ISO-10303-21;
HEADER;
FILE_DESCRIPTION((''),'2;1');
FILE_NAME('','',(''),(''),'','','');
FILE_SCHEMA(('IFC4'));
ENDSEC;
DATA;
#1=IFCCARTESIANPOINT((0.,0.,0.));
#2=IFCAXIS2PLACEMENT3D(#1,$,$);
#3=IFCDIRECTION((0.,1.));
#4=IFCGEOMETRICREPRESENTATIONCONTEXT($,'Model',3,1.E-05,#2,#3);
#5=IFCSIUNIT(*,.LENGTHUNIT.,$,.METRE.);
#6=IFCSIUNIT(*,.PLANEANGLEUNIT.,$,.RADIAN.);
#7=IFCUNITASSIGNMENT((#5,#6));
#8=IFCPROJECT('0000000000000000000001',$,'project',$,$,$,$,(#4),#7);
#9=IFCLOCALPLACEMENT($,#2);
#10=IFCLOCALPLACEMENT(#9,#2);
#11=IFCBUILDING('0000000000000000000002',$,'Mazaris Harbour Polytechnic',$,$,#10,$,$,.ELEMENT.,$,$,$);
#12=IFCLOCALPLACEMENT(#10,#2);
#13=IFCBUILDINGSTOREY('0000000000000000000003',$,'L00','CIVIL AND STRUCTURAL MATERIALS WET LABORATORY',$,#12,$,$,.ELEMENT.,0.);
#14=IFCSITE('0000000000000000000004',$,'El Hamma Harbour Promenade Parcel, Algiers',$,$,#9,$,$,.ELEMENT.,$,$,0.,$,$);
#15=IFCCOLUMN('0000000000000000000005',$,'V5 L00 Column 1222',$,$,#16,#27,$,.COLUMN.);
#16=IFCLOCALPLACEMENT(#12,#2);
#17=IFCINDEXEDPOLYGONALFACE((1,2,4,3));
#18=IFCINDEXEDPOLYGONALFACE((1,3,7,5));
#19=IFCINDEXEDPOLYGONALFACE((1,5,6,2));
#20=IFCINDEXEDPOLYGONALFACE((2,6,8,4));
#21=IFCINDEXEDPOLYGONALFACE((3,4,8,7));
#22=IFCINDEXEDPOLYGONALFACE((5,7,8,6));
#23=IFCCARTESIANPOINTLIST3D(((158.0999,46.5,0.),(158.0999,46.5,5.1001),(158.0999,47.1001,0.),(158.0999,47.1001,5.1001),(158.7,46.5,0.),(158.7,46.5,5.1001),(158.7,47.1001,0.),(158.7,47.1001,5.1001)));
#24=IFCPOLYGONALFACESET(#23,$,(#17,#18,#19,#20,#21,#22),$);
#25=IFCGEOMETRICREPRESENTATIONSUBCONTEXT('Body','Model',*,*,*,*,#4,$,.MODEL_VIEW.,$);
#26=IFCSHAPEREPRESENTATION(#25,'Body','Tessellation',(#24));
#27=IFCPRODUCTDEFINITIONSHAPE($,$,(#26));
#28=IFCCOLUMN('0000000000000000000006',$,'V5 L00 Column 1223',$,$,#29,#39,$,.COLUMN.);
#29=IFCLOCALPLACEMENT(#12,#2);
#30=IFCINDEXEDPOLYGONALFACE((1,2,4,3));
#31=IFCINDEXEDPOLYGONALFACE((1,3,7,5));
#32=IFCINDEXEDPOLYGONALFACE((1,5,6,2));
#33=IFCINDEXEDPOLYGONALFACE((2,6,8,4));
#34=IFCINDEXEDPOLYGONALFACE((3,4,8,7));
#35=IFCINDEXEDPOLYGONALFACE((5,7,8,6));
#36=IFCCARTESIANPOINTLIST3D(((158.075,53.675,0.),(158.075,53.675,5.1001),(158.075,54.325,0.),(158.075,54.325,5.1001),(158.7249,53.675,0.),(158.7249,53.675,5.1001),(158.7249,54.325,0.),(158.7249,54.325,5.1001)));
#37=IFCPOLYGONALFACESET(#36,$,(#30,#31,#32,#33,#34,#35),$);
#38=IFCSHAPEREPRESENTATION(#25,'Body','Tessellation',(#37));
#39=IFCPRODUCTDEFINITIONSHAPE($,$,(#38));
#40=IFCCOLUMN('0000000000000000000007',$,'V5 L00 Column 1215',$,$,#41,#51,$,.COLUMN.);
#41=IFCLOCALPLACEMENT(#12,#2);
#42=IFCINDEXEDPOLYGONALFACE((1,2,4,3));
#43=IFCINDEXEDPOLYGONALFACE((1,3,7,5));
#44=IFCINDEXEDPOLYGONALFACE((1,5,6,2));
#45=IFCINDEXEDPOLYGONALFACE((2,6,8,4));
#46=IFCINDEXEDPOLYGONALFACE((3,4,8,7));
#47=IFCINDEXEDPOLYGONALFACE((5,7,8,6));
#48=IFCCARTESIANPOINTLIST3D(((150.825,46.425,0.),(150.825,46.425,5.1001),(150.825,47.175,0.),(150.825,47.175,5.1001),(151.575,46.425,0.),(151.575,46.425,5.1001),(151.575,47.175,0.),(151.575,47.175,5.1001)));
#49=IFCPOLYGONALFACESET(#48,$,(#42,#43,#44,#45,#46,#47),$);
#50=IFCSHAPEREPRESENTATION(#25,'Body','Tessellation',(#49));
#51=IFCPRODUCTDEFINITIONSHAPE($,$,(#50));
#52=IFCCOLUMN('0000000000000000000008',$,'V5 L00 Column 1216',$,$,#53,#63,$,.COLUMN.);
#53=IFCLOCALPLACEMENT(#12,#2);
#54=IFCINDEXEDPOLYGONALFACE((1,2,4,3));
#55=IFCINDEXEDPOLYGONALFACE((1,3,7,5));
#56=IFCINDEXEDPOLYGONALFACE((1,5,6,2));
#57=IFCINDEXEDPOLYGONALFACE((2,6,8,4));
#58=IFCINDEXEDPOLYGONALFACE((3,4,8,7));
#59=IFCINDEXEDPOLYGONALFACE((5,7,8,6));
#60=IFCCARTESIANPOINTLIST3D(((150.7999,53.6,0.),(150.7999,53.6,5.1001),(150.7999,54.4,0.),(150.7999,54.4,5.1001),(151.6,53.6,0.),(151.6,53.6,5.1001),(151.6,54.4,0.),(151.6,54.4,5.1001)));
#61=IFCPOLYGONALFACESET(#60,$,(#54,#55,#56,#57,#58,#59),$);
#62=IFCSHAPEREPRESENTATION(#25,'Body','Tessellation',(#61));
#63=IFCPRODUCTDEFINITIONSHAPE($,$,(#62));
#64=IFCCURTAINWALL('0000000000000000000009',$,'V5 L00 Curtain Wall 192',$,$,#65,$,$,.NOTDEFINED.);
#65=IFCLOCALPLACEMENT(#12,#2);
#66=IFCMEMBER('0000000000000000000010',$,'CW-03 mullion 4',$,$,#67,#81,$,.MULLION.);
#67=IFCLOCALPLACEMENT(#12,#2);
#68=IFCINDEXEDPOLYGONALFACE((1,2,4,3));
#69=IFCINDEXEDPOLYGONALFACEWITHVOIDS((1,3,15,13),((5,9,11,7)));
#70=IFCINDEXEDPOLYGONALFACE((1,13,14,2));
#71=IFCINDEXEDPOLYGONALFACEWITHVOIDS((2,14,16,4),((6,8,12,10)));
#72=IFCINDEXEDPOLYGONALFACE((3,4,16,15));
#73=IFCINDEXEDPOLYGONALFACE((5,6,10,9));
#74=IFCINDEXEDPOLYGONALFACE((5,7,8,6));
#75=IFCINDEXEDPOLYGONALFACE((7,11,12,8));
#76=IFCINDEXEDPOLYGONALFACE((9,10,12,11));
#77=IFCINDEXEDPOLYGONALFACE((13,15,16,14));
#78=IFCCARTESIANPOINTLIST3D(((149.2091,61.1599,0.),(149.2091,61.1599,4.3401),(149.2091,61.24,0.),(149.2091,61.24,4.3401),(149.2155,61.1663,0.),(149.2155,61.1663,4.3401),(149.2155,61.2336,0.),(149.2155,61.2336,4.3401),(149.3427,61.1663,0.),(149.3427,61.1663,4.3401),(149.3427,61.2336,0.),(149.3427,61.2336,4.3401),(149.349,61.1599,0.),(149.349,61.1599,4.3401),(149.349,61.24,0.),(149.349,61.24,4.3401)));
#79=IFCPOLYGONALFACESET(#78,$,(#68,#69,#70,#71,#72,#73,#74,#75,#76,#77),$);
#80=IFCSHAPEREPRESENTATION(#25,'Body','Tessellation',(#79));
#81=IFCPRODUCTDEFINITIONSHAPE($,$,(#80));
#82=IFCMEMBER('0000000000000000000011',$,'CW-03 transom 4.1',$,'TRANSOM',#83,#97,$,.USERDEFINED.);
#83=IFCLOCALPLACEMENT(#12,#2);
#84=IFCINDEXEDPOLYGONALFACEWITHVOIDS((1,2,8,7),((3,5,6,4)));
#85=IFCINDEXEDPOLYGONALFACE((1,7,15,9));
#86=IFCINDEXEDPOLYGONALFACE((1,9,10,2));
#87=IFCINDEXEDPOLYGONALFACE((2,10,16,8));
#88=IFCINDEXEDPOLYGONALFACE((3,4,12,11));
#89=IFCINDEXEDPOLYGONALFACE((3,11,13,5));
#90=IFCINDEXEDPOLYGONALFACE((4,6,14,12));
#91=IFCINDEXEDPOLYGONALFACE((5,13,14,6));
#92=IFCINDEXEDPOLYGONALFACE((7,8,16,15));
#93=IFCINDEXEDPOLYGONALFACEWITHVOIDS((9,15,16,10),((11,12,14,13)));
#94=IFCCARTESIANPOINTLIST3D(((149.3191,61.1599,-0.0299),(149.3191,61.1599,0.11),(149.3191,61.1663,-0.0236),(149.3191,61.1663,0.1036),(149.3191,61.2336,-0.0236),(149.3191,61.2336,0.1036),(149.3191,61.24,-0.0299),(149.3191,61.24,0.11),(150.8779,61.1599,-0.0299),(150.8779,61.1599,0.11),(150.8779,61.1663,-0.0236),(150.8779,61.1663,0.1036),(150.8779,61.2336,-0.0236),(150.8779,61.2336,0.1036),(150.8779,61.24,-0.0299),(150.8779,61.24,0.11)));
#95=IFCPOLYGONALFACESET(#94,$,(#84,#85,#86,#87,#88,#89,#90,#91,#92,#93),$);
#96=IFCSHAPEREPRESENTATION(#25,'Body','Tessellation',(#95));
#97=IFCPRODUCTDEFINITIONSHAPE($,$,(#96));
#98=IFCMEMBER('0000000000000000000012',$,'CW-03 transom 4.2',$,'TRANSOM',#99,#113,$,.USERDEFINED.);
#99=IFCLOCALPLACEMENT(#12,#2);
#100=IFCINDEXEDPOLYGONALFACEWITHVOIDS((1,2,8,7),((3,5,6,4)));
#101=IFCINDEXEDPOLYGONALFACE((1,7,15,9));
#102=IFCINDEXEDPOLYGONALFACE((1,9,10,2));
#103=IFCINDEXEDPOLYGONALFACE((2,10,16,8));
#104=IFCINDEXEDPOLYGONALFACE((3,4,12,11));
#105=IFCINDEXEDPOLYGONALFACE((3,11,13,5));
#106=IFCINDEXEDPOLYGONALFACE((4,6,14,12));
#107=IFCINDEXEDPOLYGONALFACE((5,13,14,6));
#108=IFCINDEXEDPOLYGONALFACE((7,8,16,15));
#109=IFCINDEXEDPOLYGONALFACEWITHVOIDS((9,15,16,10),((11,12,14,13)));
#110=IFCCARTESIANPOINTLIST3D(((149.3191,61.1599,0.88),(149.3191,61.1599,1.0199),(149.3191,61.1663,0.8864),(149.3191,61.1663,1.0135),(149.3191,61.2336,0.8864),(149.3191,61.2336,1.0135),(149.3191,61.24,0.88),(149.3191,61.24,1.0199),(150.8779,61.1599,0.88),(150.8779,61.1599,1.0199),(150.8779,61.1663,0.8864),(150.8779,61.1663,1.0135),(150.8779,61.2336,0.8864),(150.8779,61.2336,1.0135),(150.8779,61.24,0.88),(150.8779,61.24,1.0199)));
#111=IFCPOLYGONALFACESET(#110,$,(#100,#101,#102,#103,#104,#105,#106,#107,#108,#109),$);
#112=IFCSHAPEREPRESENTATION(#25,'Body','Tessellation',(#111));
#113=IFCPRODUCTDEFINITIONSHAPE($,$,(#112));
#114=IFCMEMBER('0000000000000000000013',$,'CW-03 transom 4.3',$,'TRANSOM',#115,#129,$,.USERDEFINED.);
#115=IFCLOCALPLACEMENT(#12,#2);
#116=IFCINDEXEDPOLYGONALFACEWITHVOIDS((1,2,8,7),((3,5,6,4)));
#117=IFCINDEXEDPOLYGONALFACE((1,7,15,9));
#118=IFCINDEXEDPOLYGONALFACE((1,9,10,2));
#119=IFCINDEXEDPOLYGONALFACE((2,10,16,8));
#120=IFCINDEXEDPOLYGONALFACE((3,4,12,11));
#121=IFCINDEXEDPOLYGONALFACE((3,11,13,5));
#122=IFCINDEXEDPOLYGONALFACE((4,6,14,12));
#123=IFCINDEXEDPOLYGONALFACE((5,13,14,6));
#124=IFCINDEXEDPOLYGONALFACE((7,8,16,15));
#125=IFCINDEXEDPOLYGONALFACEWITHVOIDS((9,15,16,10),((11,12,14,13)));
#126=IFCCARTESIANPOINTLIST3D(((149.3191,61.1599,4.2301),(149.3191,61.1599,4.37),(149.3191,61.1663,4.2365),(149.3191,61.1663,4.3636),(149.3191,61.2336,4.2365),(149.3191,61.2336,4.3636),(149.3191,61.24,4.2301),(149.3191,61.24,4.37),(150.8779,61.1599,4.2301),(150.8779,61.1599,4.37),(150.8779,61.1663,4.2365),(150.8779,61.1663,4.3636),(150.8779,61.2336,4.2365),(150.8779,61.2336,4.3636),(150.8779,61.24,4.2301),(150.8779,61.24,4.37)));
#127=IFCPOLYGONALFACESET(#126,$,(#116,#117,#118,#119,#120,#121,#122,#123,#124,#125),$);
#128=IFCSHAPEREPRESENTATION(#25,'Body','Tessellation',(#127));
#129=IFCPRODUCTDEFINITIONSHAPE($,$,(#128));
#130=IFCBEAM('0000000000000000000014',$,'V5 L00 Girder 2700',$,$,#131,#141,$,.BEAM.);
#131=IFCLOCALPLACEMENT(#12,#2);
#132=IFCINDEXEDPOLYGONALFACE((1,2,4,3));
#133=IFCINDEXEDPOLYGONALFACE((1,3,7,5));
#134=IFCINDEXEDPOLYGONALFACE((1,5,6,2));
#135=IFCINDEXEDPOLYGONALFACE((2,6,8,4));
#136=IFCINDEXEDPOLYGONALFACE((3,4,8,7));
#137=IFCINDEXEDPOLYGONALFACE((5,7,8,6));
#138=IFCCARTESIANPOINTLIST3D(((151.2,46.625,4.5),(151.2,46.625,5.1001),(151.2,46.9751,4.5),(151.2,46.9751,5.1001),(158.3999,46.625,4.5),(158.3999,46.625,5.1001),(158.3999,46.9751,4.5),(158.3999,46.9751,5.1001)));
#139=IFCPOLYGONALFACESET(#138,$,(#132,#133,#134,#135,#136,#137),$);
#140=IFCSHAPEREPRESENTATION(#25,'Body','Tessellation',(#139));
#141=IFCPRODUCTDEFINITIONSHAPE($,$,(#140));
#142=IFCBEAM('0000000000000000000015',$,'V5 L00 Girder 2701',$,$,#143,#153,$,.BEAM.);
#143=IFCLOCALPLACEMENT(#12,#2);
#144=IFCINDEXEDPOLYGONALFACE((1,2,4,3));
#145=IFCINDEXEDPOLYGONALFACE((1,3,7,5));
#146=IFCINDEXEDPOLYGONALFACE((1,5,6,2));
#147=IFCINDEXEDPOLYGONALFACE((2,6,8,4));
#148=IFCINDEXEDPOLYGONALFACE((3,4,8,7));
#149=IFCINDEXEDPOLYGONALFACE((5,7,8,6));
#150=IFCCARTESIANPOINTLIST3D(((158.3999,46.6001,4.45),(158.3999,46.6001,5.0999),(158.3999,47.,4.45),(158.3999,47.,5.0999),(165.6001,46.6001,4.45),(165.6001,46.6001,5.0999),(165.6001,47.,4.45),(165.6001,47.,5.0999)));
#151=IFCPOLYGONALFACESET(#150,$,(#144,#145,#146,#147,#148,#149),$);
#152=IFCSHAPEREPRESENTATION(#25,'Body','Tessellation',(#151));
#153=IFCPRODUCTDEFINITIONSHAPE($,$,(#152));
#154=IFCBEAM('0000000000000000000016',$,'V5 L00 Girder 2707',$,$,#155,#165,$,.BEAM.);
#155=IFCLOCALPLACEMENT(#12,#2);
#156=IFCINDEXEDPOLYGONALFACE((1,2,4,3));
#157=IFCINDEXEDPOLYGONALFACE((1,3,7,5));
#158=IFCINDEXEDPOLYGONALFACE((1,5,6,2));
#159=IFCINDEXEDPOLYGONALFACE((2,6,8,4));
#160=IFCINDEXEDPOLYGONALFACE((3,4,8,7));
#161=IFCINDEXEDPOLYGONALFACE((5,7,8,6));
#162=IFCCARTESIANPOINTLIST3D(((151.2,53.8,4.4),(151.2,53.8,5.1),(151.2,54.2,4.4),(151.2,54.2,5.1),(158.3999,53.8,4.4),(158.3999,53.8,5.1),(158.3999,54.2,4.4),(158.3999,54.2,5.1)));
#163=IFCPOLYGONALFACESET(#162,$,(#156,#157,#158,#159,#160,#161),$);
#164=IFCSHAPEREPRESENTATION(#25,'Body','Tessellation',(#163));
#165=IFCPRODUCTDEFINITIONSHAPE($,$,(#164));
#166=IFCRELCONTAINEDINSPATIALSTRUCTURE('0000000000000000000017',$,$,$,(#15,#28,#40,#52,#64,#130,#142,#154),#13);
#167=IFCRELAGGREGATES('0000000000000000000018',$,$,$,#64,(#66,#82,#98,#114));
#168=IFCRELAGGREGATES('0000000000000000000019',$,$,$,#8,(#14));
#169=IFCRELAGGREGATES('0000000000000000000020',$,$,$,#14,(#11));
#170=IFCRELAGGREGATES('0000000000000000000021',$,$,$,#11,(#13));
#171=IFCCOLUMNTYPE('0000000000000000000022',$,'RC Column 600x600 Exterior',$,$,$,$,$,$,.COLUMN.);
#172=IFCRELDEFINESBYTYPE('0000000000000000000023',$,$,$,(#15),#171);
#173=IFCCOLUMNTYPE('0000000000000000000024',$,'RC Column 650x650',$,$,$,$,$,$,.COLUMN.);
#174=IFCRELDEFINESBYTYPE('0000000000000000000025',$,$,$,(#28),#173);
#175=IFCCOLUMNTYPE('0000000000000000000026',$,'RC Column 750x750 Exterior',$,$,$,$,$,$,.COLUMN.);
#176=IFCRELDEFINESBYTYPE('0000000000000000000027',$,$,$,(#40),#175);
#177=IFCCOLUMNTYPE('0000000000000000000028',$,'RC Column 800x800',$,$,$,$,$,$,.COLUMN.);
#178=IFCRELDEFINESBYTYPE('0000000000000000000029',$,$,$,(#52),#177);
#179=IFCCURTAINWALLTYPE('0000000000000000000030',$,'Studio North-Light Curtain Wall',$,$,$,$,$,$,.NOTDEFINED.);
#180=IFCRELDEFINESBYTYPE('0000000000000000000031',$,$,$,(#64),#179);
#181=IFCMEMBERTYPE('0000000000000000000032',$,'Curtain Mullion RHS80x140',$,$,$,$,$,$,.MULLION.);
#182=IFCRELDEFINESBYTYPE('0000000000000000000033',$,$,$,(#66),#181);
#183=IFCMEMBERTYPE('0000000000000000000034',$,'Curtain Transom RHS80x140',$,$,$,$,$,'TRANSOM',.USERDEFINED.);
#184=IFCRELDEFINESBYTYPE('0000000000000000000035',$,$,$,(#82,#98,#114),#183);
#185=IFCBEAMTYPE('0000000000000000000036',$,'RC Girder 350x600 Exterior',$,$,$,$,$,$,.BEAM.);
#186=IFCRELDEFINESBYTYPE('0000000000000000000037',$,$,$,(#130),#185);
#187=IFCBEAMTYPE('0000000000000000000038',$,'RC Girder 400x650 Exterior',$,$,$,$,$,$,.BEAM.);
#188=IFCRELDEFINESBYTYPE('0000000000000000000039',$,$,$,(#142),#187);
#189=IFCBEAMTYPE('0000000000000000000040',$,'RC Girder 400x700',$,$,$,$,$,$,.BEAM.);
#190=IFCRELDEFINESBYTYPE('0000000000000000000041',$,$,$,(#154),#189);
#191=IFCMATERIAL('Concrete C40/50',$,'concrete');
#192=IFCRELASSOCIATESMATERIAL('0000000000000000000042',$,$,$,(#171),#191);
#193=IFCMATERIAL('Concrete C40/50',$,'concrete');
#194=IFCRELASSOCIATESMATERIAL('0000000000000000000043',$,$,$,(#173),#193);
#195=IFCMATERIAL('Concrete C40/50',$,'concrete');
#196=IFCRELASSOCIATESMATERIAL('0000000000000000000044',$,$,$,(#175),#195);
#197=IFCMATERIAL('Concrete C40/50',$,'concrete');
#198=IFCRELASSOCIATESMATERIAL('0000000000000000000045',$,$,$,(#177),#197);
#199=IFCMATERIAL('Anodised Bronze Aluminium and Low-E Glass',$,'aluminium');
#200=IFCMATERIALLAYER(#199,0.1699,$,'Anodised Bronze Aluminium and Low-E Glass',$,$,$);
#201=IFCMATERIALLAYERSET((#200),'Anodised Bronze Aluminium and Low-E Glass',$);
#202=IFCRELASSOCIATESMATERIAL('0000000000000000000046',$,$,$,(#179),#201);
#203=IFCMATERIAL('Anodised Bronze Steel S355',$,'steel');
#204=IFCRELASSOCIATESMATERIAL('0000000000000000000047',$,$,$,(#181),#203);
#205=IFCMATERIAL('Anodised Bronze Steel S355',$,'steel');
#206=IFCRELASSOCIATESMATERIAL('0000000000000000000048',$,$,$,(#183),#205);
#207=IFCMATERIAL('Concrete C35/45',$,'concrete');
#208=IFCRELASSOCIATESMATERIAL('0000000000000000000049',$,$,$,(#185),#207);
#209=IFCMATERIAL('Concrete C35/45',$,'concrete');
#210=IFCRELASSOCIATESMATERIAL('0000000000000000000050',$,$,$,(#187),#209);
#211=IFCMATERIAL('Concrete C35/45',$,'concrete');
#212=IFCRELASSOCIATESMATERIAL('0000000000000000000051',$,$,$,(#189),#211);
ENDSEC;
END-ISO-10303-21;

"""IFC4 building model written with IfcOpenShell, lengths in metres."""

from ifc_helpers import new_model, si_unit, direction, frame, origin, origin_2d, place, context, subcontext, project, spatial, rectangle, hollow_rectangle, extrude, material, layer, layer_set, material_profile, profile_set, type_object, element, aggregate, save


model = new_model("IFC4")

# Units and contexts
model_context = context("Model", 3, precision=1e-05, world=origin(), true_north=direction((0.0, 1.0)))
body_context = subcontext(model_context, "Body", "Model", "MODEL_VIEW")
ifc_project = project(units=[si_unit("LENGTHUNIT", "METRE"), si_unit("PLANEANGLEUNIT", "RADIAN")], contexts=[model_context])

# Site, building, storey
site_placement = place(None, origin())
site = spatial("IfcSite", under=ifc_project, at=site_placement, Name="El Hamma Harbour Promenade Parcel, Algiers", CompositionType="ELEMENT", RefElevation=0.0)
building_placement = place(site_placement, origin())
building = spatial("IfcBuilding", under=site, at=building_placement, Name="Mazaris Harbour Polytechnic", CompositionType="ELEMENT")
storey_placement = place(building_placement, origin())
storey = spatial("IfcBuildingStorey", under=building, at=storey_placement, Name="L00", Description="CIVIL AND STRUCTURAL MATERIALS WET LABORATORY", CompositionType="ELEMENT", Elevation=0.0)

# Columns
ifc_material_1 = material(Name="Concrete C40/50", Category="concrete")
ifc_material_profile_1 = material_profile(ifc_material_1, rectangle(XDim=0.6001, YDim=0.6001, at=origin_2d()), Name="RECT600x600")
ifc_profile_set_1 = profile_set([ifc_material_profile_1], Name="Concrete C40/50")
column_type_1 = type_object("IfcColumnType", Name="RC Column 600x600 Exterior", PredefinedType="COLUMN", material=ifc_profile_set_1)
column_1_placement = place(storey_placement, frame((158.3999, 46.8, 0.0), z_axis=(0.0, 0.0, 1.0), x_axis=(1.0, 0.0, 0.0)))
element("IfcColumn", 1, at=column_1_placement, inside=storey, type_object=column_type_1, Name="V5 L00 Column 1222", PredefinedType="COLUMN", context=body_context, shape_type="SweptSolid", body=[
    extrude(rectangle(XDim=0.6001, YDim=0.6001, at=origin_2d()), origin(), (0.0, 0.0, 1.0), 5.1001),
])
ifc_material_2 = material(Name="Concrete C40/50", Category="concrete")
ifc_material_profile_2 = material_profile(ifc_material_2, rectangle(XDim=0.6499, YDim=0.6499, at=origin_2d()), Name="RECT650x650")
ifc_profile_set_2 = profile_set([ifc_material_profile_2], Name="Concrete C40/50")
column_type_2 = type_object("IfcColumnType", Name="RC Column 650x650", PredefinedType="COLUMN", material=ifc_profile_set_2)
column_2_placement = place(storey_placement, frame((158.3999, 54.0, 0.0), z_axis=(0.0, 0.0, 1.0), x_axis=(1.0, 0.0, 0.0)))
element("IfcColumn", 2, at=column_2_placement, inside=storey, type_object=column_type_2, Name="V5 L00 Column 1223", PredefinedType="COLUMN", context=body_context, shape_type="SweptSolid", body=[
    extrude(rectangle(XDim=0.6499, YDim=0.6499, at=origin_2d()), origin(), (0.0, 0.0, 1.0), 5.1001),
])
ifc_material_3 = material(Name="Concrete C40/50", Category="concrete")
ifc_material_profile_3 = material_profile(ifc_material_3, rectangle(XDim=0.75, YDim=0.75, at=origin_2d()), Name="RECT750x750")
ifc_profile_set_3 = profile_set([ifc_material_profile_3], Name="Concrete C40/50")
column_type_3 = type_object("IfcColumnType", Name="RC Column 750x750 Exterior", PredefinedType="COLUMN", material=ifc_profile_set_3)
column_3_placement = place(storey_placement, frame((151.2, 46.8, 0.0), z_axis=(0.0, 0.0, 1.0), x_axis=(1.0, 0.0, 0.0)))
element("IfcColumn", 3, at=column_3_placement, inside=storey, type_object=column_type_3, Name="V5 L00 Column 1215", PredefinedType="COLUMN", context=body_context, shape_type="SweptSolid", body=[
    extrude(rectangle(XDim=0.75, YDim=0.75, at=origin_2d()), origin(), (0.0, 0.0, 1.0), 5.1001),
])
ifc_material_4 = material(Name="Concrete C40/50", Category="concrete")
ifc_material_profile_4 = material_profile(ifc_material_4, rectangle(XDim=0.8, YDim=0.8, at=origin_2d()), Name="RECT800x800")
ifc_profile_set_4 = profile_set([ifc_material_profile_4], Name="Concrete C40/50")
column_type_4 = type_object("IfcColumnType", Name="RC Column 800x800", PredefinedType="COLUMN", material=ifc_profile_set_4)
column_4_placement = place(storey_placement, frame((151.2, 54.0, 0.0), z_axis=(0.0, 0.0, 1.0), x_axis=(1.0, 0.0, 0.0)))
element("IfcColumn", 4, at=column_4_placement, inside=storey, type_object=column_type_4, Name="V5 L00 Column 1216", PredefinedType="COLUMN", context=body_context, shape_type="SweptSolid", body=[
    extrude(rectangle(XDim=0.8, YDim=0.8, at=origin_2d()), origin(), (0.0, 0.0, 1.0), 5.1001),
])

# Curtain wall, members
ifc_material_5 = material(Name="Anodised Bronze Aluminium and Low-E Glass", Category="aluminium")
ifc_layer_1 = layer(ifc_material_5, 0.1699, Name="Anodised Bronze Aluminium and Low-E Glass")
ifc_layer_set_1 = layer_set([ifc_layer_1], Name="Anodised Bronze Aluminium and Low-E Glass")
curtain_wall_type = type_object("IfcCurtainWallType", Name="Studio North-Light Curtain Wall", PredefinedType="NOTDEFINED", material=ifc_layer_set_1)
curtain_wall_placement = place(storey_placement, origin())
curtain_wall = element("IfcCurtainWall", 5, at=curtain_wall_placement, inside=storey, type_object=curtain_wall_type, Name="V5 L00 Curtain Wall 192", PredefinedType="NOTDEFINED")
ifc_material_6 = material(Name="Anodised Bronze Steel S355", Category="steel")
ifc_material_profile_5 = material_profile(ifc_material_6, hollow_rectangle(XDim=0.0801, YDim=0.1399, WallThickness=0.0063, at=origin_2d()), Name="RHS 80x140x6.3")
ifc_profile_set_5 = profile_set([ifc_material_profile_5], Name="Anodised Bronze Steel S355")
member_type_1 = type_object("IfcMemberType", Name="Curtain Mullion RHS80x140", PredefinedType="MULLION", material=ifc_profile_set_5)
member_1_placement = place(storey_placement, frame((149.2791, 61.2, 0.0), z_axis=(0.0, 0.0, 1.0), x_axis=(0.0, 1.0, 0.0)))
member_1 = element("IfcMember", 6, at=member_1_placement, type_object=member_type_1, Name="CW-03 mullion 4", PredefinedType="MULLION", context=body_context, shape_type="SweptSolid", body=[
    extrude(hollow_rectangle(XDim=0.0801, YDim=0.1399, WallThickness=0.0063, at=origin_2d()), origin(), (0.0, 0.0, 1.0), 4.3401),
])
ifc_material_7 = material(Name="Anodised Bronze Steel S355", Category="steel")
ifc_material_profile_6 = material_profile(ifc_material_7, hollow_rectangle(XDim=0.0801, YDim=0.1399, WallThickness=0.0063, at=origin_2d()), Name="RHS 80x140x6.3")
ifc_profile_set_6 = profile_set([ifc_material_profile_6], Name="Anodised Bronze Steel S355")
member_type_2 = type_object("IfcMemberType", Name="Curtain Transom RHS80x140", ElementType="TRANSOM", PredefinedType="USERDEFINED", material=ifc_profile_set_6)
member_2_placement = place(storey_placement, frame((149.3191, 61.2, 0.04), z_axis=(1.0, 0.0, 0.0), x_axis=(0.0, 1.0, 0.0)))
member_2 = element("IfcMember", 7, at=member_2_placement, type_object=member_type_2, Name="CW-03 transom 4.1", ObjectType="TRANSOM", PredefinedType="USERDEFINED", context=body_context, shape_type="SweptSolid", body=[
    extrude(hollow_rectangle(XDim=0.0801, YDim=0.1399, WallThickness=0.0063, at=origin_2d()), origin(), (0.0, 0.0, 1.0), 1.5588),
])
member_3_placement = place(storey_placement, frame((149.3191, 61.2, 0.95), z_axis=(1.0, 0.0, 0.0), x_axis=(0.0, 1.0, 0.0)))
member_3 = element("IfcMember", 8, at=member_3_placement, type_object=member_type_2, Name="CW-03 transom 4.2", ObjectType="TRANSOM", PredefinedType="USERDEFINED", context=body_context, shape_type="SweptSolid", body=[
    extrude(hollow_rectangle(XDim=0.0801, YDim=0.1399, WallThickness=0.0063, at=origin_2d()), origin(), (0.0, 0.0, 1.0), 1.5588),
])
member_4_placement = place(storey_placement, frame((149.3191, 61.2, 4.3), z_axis=(1.0, 0.0, 0.0), x_axis=(0.0, 1.0, 0.0)))
member_4 = element("IfcMember", 9, at=member_4_placement, type_object=member_type_2, Name="CW-03 transom 4.3", ObjectType="TRANSOM", PredefinedType="USERDEFINED", context=body_context, shape_type="SweptSolid", body=[
    extrude(hollow_rectangle(XDim=0.0801, YDim=0.1399, WallThickness=0.0063, at=origin_2d()), origin(), (0.0, 0.0, 1.0), 1.5588),
])

# Beams
ifc_material_8 = material(Name="Concrete C35/45", Category="concrete")
ifc_material_profile_7 = material_profile(ifc_material_8, rectangle(XDim=0.3501, YDim=0.6001, at=origin_2d()), Name="RECT350x600")
ifc_profile_set_7 = profile_set([ifc_material_profile_7], Name="Concrete C35/45")
beam_type_1 = type_object("IfcBeamType", Name="RC Girder 350x600 Exterior", PredefinedType="BEAM", material=ifc_profile_set_7)
beam_1_placement = place(storey_placement, frame((151.2, 46.8, 4.8), z_axis=(1.0, 0.0, 0.0), x_axis=(0.0, 1.0, 0.0)))
element("IfcBeam", 10, at=beam_1_placement, inside=storey, type_object=beam_type_1, Name="V5 L00 Girder 2700", PredefinedType="BEAM", context=body_context, shape_type="SweptSolid", body=[
    extrude(rectangle(XDim=0.3501, YDim=0.6001, at=origin_2d()), origin(), (0.0, 0.0, 1.0), 7.2),
])
ifc_material_9 = material(Name="Concrete C35/45", Category="concrete")
ifc_material_profile_8 = material_profile(ifc_material_9, rectangle(XDim=0.3999, YDim=0.6499, at=origin_2d()), Name="RECT400x650")
ifc_profile_set_8 = profile_set([ifc_material_profile_8], Name="Concrete C35/45")
beam_type_2 = type_object("IfcBeamType", Name="RC Girder 400x650 Exterior", PredefinedType="BEAM", material=ifc_profile_set_8)
beam_2_placement = place(storey_placement, frame((158.3999, 46.8, 4.7749), z_axis=(1.0, 0.0, 0.0), x_axis=(0.0, 1.0, 0.0)))
element("IfcBeam", 11, at=beam_2_placement, inside=storey, type_object=beam_type_2, Name="V5 L00 Girder 2701", PredefinedType="BEAM", context=body_context, shape_type="SweptSolid", body=[
    extrude(rectangle(XDim=0.3999, YDim=0.6499, at=origin_2d()), origin(), (0.0, 0.0, 1.0), 7.2002),
])
ifc_material_10 = material(Name="Concrete C35/45", Category="concrete")
ifc_material_profile_9 = material_profile(ifc_material_10, rectangle(XDim=0.3999, YDim=0.7, at=origin_2d()), Name="RECT400x700")
ifc_profile_set_9 = profile_set([ifc_material_profile_9], Name="Concrete C35/45")
beam_type_3 = type_object("IfcBeamType", Name="RC Girder 400x700", PredefinedType="BEAM", material=ifc_profile_set_9)
beam_3_placement = place(storey_placement, frame((151.2, 54.0, 4.75), z_axis=(1.0, 0.0, 0.0), x_axis=(0.0, 1.0, 0.0)))
element("IfcBeam", 12, at=beam_3_placement, inside=storey, type_object=beam_type_3, Name="V5 L00 Girder 2707", PredefinedType="BEAM", context=body_context, shape_type="SweptSolid", body=[
    extrude(rectangle(XDim=0.3999, YDim=0.7, at=origin_2d()), origin(), (0.0, 0.0, 1.0), 7.2),
])

aggregate(curtain_wall, [member_1, member_2, member_3, member_4])

save(model, "model.ifc")
